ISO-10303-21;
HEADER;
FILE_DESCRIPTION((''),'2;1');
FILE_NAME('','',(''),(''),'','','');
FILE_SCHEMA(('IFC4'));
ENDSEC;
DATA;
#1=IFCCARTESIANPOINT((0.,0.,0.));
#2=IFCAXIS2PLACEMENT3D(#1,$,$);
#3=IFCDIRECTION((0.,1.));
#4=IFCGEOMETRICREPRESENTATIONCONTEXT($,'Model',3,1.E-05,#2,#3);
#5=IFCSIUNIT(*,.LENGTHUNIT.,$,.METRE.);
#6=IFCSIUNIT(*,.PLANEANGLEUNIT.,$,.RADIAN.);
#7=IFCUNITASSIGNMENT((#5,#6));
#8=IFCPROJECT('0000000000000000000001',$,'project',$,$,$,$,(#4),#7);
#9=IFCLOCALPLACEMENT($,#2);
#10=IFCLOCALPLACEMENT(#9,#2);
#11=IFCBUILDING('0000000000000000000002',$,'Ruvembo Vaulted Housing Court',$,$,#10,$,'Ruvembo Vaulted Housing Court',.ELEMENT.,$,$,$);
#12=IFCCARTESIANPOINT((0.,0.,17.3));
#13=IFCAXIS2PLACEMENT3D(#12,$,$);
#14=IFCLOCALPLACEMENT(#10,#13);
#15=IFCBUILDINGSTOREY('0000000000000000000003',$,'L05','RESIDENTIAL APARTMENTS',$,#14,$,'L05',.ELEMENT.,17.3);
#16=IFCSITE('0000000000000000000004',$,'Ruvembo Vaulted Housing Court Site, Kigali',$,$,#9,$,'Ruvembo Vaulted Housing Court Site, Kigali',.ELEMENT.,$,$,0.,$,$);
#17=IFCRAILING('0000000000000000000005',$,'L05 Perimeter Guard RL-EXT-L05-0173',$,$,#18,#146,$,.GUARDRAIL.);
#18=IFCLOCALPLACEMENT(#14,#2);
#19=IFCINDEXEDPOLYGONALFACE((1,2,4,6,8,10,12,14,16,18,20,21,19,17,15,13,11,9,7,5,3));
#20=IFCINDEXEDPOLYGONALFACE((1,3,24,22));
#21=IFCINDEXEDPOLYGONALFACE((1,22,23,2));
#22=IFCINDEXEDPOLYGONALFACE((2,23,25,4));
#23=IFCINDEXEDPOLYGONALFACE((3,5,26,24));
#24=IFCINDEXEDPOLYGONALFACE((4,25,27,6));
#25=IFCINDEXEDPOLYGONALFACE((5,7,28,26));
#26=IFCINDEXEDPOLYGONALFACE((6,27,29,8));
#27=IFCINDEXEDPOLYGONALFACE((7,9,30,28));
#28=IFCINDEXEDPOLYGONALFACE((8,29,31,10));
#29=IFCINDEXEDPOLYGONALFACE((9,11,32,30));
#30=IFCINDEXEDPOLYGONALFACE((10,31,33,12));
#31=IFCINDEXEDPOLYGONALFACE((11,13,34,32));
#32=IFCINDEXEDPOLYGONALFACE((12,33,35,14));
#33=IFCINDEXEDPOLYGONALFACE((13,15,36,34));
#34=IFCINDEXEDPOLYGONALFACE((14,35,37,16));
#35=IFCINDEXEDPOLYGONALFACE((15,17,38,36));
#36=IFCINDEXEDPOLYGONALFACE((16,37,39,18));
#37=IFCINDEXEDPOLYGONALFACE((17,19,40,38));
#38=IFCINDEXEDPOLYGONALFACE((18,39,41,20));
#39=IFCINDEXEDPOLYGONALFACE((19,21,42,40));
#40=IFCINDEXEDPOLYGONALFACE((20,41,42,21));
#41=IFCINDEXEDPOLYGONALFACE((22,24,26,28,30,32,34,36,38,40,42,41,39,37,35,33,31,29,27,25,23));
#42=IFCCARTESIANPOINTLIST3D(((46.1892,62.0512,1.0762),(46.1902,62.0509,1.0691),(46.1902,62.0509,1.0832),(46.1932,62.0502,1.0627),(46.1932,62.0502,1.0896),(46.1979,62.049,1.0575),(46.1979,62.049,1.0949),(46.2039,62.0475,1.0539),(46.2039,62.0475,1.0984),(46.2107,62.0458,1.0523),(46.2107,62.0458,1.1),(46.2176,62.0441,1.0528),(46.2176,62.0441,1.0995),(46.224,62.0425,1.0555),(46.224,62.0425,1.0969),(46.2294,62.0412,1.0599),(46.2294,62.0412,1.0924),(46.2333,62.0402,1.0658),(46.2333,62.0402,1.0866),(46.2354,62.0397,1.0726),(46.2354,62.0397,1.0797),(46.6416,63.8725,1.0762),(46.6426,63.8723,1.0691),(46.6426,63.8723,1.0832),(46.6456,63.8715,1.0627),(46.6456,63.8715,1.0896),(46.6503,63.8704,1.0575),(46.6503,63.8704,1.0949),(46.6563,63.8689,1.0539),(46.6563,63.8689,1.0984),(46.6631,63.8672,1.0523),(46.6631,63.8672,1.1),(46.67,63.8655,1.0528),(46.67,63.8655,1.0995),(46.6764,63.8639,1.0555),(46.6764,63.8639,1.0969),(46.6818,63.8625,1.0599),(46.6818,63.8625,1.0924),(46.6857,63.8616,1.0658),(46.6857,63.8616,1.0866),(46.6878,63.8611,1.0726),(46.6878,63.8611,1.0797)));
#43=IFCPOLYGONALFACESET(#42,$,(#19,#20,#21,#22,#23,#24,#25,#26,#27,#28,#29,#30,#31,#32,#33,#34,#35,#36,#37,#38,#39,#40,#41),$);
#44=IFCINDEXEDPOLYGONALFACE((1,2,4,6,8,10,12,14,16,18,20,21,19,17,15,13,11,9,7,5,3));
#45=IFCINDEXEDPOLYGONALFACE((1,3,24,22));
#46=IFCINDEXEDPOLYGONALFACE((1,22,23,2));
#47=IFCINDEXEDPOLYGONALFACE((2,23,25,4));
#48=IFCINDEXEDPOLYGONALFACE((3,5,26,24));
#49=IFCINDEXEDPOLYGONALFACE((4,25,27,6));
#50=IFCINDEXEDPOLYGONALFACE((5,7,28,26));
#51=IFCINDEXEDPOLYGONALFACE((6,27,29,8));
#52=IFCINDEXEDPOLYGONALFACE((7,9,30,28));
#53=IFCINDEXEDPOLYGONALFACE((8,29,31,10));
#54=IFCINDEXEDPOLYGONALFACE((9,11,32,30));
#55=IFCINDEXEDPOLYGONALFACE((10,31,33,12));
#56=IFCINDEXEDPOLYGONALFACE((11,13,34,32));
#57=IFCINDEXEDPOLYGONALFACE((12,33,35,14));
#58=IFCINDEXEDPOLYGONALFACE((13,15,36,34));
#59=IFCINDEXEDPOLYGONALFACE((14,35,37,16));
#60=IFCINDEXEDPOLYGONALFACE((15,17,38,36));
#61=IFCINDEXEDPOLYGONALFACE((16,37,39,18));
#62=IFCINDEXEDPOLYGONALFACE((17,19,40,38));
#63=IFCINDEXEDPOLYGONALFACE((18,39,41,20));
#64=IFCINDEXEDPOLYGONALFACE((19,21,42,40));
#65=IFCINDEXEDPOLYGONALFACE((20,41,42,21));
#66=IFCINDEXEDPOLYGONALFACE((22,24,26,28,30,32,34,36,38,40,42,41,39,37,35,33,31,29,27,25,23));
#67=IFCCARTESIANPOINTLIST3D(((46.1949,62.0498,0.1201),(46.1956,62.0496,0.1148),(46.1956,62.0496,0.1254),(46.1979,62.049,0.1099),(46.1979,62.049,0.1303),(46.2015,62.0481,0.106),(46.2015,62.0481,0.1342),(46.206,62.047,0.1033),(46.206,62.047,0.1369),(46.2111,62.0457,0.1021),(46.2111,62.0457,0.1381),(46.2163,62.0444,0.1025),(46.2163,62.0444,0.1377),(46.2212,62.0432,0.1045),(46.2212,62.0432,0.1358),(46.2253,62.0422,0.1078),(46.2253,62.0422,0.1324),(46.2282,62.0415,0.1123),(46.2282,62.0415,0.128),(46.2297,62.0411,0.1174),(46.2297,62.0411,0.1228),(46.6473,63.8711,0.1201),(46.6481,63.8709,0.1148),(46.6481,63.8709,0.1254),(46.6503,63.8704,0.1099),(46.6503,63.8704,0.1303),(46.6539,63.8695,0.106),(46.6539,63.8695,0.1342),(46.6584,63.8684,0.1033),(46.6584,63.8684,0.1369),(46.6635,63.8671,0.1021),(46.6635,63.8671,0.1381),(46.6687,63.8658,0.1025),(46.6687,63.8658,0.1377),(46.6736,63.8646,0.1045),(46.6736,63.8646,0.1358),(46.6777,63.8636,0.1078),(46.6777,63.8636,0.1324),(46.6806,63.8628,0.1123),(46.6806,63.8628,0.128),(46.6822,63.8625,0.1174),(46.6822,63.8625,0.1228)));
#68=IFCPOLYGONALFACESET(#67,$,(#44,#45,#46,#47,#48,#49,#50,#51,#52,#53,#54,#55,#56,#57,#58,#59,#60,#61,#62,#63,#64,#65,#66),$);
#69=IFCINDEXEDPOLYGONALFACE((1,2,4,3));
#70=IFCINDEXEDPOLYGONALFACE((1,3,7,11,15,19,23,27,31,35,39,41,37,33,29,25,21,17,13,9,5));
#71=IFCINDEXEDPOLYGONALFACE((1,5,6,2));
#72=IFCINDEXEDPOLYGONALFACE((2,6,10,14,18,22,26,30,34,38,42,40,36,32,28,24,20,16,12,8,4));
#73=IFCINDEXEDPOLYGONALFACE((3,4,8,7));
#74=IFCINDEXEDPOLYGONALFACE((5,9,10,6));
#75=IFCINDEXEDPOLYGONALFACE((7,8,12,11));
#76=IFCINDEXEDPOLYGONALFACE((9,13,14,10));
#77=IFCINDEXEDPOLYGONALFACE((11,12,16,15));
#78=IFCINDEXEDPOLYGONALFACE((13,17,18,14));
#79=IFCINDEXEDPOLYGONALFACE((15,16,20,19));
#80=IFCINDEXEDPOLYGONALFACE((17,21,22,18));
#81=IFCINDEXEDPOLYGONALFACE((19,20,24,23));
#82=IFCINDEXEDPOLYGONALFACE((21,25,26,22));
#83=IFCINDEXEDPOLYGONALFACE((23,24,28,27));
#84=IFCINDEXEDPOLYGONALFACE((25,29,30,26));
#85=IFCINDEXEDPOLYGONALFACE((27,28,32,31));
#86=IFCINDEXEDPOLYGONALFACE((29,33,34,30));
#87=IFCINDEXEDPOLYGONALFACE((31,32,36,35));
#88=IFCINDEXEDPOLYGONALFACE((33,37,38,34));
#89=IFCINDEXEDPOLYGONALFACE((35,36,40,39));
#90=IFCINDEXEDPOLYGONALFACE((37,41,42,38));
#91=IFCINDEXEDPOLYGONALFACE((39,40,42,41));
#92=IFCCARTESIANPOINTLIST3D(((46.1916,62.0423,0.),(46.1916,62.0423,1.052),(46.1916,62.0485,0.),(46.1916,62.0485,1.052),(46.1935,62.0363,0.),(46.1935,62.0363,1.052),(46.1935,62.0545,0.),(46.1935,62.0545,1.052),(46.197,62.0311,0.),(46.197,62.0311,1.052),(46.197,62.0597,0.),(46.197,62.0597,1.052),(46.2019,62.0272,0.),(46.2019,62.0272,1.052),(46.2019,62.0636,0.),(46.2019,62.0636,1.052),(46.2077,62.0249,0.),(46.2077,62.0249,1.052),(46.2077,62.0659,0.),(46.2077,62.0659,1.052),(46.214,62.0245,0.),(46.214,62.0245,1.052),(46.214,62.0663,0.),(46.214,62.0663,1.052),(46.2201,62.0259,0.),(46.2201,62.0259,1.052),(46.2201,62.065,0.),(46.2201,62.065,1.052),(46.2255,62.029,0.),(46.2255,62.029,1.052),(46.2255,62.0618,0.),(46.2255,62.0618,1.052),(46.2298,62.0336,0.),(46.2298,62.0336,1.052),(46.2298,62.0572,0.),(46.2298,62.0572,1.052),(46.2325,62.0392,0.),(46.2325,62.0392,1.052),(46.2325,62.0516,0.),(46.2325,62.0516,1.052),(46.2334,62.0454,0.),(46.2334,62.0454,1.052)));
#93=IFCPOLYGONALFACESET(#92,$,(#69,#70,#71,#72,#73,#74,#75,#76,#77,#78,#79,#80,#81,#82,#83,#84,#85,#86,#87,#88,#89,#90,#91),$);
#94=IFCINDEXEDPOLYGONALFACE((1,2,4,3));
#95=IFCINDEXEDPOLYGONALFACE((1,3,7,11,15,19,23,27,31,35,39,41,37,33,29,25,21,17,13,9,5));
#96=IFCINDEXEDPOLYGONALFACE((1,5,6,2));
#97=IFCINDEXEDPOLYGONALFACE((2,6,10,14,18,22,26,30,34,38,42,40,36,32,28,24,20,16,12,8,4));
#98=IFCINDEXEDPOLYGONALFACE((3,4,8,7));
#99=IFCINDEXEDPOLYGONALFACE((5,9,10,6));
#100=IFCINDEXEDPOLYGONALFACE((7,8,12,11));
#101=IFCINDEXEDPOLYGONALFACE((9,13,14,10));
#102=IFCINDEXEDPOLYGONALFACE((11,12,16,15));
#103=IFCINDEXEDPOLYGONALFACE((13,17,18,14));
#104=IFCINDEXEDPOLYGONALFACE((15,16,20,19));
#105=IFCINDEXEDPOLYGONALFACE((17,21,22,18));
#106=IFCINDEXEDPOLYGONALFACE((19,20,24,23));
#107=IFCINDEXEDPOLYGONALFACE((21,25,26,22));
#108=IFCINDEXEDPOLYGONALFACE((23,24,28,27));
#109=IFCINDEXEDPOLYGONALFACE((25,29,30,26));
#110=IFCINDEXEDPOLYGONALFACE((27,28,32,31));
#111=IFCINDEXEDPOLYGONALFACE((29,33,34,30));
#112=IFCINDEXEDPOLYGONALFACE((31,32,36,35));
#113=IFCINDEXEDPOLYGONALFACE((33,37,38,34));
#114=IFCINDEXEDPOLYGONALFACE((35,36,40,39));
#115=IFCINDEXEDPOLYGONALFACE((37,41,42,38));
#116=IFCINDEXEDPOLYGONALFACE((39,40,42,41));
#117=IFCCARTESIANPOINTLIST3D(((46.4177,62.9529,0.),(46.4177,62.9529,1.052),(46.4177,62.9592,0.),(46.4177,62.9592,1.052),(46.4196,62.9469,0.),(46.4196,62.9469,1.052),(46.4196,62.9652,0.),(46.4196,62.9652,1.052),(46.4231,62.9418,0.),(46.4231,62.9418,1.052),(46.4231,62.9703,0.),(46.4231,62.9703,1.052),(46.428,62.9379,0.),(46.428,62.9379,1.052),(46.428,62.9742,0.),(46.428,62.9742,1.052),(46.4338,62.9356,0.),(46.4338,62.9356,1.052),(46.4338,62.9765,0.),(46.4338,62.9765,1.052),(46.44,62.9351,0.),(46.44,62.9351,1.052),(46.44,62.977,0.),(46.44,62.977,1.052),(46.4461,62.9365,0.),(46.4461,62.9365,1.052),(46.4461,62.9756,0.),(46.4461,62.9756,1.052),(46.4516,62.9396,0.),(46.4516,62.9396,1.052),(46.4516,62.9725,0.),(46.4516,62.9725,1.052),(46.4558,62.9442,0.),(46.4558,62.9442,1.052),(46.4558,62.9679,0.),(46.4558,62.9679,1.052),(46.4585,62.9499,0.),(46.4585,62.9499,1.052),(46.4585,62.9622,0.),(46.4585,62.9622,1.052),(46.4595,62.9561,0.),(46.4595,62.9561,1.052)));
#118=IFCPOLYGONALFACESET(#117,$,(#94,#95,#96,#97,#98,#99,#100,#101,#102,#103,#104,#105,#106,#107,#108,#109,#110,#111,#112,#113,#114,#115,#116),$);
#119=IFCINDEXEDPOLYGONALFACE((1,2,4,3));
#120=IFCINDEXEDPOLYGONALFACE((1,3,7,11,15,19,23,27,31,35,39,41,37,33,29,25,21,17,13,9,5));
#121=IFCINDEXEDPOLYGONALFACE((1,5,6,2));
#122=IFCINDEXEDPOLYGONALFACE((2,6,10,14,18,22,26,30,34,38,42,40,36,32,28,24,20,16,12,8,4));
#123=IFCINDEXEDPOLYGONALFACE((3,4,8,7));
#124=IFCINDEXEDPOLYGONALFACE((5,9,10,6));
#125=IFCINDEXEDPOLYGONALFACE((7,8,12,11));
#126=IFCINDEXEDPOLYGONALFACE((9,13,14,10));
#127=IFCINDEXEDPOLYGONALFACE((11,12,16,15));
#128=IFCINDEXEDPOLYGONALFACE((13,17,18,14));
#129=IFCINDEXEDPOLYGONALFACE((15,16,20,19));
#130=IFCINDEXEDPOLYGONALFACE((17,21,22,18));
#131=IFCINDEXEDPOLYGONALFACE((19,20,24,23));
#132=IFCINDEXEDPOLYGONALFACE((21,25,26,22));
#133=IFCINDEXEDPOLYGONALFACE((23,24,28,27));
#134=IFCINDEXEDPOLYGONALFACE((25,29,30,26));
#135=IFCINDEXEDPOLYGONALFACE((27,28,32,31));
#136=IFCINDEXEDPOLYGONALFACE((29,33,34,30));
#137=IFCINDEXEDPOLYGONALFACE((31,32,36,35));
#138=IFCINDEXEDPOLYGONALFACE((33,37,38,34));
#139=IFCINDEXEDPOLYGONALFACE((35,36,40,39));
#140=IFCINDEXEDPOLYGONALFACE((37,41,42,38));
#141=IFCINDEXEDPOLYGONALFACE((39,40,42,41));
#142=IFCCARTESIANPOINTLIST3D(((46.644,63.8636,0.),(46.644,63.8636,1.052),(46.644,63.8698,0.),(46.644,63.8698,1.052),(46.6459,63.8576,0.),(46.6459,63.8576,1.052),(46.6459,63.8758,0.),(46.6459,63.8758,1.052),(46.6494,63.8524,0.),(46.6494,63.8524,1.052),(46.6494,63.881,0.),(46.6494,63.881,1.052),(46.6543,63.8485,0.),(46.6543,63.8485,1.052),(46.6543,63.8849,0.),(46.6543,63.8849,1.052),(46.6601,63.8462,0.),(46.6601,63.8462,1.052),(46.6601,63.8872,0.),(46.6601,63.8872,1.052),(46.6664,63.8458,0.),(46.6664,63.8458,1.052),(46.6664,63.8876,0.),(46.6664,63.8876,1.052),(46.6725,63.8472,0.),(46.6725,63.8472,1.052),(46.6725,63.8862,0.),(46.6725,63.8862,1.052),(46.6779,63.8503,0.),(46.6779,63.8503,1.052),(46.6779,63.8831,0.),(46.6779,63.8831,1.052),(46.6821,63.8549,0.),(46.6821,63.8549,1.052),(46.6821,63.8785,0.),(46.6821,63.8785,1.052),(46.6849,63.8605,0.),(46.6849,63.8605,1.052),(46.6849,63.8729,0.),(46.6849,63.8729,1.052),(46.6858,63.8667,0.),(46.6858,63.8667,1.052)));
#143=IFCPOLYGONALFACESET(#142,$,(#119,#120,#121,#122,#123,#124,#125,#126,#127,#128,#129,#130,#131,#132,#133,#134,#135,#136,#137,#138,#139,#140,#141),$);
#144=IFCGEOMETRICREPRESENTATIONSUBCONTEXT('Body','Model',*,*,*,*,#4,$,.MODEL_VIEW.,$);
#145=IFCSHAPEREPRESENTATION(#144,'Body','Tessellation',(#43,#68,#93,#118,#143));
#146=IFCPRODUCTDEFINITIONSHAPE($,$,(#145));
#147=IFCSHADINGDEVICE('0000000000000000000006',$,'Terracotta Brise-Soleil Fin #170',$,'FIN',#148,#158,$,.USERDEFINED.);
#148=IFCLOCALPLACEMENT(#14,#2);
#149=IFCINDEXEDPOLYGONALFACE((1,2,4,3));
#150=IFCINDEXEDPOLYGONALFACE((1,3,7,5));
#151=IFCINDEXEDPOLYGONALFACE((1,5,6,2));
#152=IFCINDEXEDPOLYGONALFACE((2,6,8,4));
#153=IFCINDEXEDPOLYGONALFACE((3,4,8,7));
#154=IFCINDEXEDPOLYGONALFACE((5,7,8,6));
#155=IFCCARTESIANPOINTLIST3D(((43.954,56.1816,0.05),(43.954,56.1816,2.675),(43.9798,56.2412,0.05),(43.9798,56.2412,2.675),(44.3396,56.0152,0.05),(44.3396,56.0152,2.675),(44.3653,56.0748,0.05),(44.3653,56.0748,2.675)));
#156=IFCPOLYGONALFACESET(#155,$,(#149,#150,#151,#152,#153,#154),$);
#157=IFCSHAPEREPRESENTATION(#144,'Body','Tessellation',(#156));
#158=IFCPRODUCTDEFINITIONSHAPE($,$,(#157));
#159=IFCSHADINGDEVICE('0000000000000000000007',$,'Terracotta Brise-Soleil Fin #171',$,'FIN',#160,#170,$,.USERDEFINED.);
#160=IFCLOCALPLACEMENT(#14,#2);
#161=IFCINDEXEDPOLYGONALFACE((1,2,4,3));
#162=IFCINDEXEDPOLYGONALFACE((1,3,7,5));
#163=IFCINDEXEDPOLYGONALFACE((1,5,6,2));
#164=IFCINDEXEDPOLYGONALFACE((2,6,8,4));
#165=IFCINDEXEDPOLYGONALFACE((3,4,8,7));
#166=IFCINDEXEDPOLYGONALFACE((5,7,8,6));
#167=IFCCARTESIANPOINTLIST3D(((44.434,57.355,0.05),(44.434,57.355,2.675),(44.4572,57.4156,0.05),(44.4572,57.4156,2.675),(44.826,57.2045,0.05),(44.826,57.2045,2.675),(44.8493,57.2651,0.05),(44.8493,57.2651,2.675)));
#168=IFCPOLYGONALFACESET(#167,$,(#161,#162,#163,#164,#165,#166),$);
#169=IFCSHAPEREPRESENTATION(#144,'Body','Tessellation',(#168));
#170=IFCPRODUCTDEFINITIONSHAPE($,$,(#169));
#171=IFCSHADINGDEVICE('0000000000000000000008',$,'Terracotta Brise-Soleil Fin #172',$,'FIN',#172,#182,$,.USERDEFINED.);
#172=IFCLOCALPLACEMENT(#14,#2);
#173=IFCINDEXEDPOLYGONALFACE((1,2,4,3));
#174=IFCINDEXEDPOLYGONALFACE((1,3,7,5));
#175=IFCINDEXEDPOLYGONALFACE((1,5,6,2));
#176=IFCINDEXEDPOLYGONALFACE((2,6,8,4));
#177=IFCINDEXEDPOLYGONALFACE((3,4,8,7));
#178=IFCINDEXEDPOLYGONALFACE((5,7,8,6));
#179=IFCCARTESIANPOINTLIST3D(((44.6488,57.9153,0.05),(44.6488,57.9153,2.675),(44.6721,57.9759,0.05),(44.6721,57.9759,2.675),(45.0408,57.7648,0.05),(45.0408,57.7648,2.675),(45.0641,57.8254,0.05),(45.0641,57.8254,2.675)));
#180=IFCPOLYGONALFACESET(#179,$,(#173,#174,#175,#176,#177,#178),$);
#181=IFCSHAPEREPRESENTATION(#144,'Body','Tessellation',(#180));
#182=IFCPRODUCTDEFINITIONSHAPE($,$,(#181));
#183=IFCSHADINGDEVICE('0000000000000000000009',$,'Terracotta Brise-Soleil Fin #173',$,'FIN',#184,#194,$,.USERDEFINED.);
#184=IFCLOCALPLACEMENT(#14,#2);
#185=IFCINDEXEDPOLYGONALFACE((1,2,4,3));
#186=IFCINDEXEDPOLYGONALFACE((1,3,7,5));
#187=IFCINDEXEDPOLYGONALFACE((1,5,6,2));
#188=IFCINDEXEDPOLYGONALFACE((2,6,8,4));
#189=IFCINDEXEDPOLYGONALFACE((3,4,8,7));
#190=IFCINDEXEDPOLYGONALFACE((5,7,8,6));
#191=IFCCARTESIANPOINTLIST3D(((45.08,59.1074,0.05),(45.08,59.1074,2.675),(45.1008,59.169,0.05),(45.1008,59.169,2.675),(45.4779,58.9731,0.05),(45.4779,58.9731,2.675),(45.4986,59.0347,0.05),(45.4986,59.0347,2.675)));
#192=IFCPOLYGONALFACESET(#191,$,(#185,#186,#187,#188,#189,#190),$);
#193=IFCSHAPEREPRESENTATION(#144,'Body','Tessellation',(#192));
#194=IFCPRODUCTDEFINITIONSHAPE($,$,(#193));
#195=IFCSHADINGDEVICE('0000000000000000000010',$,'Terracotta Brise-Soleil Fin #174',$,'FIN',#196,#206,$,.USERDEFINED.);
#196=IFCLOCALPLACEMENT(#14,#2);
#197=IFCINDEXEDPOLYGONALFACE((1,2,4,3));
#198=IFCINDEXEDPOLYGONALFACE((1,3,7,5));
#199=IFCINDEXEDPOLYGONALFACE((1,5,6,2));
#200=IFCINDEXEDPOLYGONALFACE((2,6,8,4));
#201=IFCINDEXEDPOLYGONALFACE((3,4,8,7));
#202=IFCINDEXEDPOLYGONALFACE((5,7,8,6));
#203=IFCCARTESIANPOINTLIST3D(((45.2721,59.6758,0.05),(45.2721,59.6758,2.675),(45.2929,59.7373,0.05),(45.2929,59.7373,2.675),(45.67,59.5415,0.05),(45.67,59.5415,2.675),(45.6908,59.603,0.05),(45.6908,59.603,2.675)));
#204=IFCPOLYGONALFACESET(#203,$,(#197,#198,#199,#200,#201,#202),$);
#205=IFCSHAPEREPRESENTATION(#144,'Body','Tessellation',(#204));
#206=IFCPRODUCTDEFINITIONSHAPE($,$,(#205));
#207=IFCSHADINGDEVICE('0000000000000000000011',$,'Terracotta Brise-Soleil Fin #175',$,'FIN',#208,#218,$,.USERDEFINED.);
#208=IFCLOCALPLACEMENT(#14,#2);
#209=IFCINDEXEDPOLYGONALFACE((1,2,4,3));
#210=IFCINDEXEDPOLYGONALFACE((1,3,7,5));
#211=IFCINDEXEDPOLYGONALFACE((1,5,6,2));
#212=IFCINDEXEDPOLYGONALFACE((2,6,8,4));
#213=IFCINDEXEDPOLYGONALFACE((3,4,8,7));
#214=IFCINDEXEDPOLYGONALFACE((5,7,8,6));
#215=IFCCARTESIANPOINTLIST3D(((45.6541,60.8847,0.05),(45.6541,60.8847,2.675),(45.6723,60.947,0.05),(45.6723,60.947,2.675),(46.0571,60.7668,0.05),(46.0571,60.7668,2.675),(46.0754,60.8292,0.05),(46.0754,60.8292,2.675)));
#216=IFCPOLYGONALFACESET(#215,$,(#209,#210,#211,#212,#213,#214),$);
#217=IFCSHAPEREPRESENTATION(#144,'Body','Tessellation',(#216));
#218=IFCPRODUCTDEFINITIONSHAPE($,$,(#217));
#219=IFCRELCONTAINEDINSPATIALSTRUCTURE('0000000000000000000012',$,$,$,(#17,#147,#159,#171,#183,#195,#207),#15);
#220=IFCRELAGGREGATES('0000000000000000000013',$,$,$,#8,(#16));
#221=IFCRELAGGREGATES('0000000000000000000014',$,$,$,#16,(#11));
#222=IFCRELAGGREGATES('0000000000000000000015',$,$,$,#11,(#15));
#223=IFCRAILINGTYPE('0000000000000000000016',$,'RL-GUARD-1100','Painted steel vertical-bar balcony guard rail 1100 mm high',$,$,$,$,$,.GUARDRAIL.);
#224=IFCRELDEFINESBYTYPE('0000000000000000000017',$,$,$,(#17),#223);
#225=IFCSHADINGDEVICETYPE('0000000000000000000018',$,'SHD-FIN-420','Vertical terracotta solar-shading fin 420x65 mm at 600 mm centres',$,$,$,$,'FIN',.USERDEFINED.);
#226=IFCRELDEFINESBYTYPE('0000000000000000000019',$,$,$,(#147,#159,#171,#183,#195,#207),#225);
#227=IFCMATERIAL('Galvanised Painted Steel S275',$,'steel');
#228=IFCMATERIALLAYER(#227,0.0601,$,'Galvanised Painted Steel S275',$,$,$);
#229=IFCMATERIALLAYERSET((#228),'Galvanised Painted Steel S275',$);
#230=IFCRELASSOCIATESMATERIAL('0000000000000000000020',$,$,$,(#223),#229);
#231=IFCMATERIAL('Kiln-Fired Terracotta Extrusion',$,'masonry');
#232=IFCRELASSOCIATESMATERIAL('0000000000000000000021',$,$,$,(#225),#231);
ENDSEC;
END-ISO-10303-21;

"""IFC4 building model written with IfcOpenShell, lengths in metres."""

from ifc_helpers import new_model, si_unit, direction, frame, origin, origin_2d, place, context, subcontext, project, spatial, rectangle, circle, extrude, material, layer, layer_set, type_object, element, save


model = new_model("IFC4")

# Units and contexts
model_context = context("Model", 3, precision=1e-05, world=origin(), true_north=direction((0.0, 1.0)))
body_context = subcontext(model_context, "Body", "Model", "MODEL_VIEW")
ifc_project = project(units=[si_unit("LENGTHUNIT", "METRE"), si_unit("PLANEANGLEUNIT", "RADIAN")], contexts=[model_context])

# Site, building, storey
site_placement = place(None, origin())
site = spatial("IfcSite", under=ifc_project, at=site_placement, Name="Ruvembo Vaulted Housing Court Site, Kigali", LongName="Ruvembo Vaulted Housing Court Site, Kigali", CompositionType="ELEMENT", RefElevation=0.0)
building_placement = place(site_placement, origin())
building = spatial("IfcBuilding", under=site, at=building_placement, Name="Ruvembo Vaulted Housing Court", LongName="Ruvembo Vaulted Housing Court", CompositionType="ELEMENT")
storey_placement = place(building_placement, frame((0.0, 0.0, 17.3)))
storey = spatial("IfcBuildingStorey", under=building, at=storey_placement, Name="L05", Description="RESIDENTIAL APARTMENTS", LongName="L05", CompositionType="ELEMENT", Elevation=17.3)

# Railing
ifc_material_1 = material(Name="Galvanised Painted Steel S275", Category="steel")
ifc_layer = layer(ifc_material_1, 0.0601, Name="Galvanised Painted Steel S275")
ifc_layer_set = layer_set([ifc_layer], Name="Galvanised Painted Steel S275")
railing_type = type_object("IfcRailingType", Name="RL-GUARD-1100", Description="Painted steel vertical-bar balcony guard rail 1100 mm high", PredefinedType="GUARDRAIL", material=ifc_layer_set)
railing_1_placement = place(storey_placement, frame((46.2124, 62.0454, 0.0)))
element("IfcRailing", 1, at=railing_1_placement, inside=storey, type_object=railing_type, Name="L05 Perimeter Guard RL-EXT-L05-0173", PredefinedType="GUARDRAIL", context=body_context, shape_type="SweptSolid", body=[
    extrude(circle(Radius=0.0239, at=origin_2d()), frame((0.0, 0.0, 1.0762), z_axis=(0.241066, 0.970509, 0.0), x_axis=(-0.970509, 0.241066, 0.0)), (0.0, 0.0, 1.0), 1.8767),
    extrude(circle(Radius=0.0181, at=origin_2d()), frame((0.0, 0.0, 0.1201), z_axis=(0.241066, 0.970509, 0.0), x_axis=(-0.970509, 0.241066, 0.0)), (0.0, 0.0, 1.0), 1.8767),
    extrude(circle(Radius=0.021, at=origin_2d()), origin(), (0.0, 0.0, 1.0), 1.052),
    extrude(circle(Radius=0.021, at=origin_2d()), frame((0.2261, 0.9106, 0.0)), (0.0, 0.0, 1.0), 1.052),
    extrude(circle(Radius=0.021, at=origin_2d()), frame((0.4524, 1.8213, 0.0)), (0.0, 0.0, 1.0), 1.052),
])

# Shading devices
ifc_material_2 = material(Name="Kiln-Fired Terracotta Extrusion", Category="masonry")
shading_device_type = type_object("IfcShadingDeviceType", Name="SHD-FIN-420", Description="Vertical terracotta solar-shading fin 420x65 mm at 600 mm centres", ElementType="FIN", PredefinedType="USERDEFINED", material=ifc_material_2)
for number, where, z_axis, x_axis, name in (
    (2, (44.1597, 56.1282, 0.05), (0.0, 0.0, 1.0), (0.918122, -0.396299, 0.0), "Terracotta Brise-Soleil Fin #170"),
    (3, (44.6416, 57.3101, 0.05), (0.0, 0.0, 1.0), (0.933568, -0.358401, 0.0), "Terracotta Brise-Soleil Fin #171"),
    (4, (44.8564, 57.8704, 0.05), (0.0, 0.0, 1.0), (0.933568, -0.358401, 0.0), "Terracotta Brise-Soleil Fin #172"),
    (5, (45.2893, 59.071, 0.05), (0.0, 0.0, 1.0), (0.947473, -0.319836, 0.0), "Terracotta Brise-Soleil Fin #173"),
    (6, (45.4814, 59.6394, 0.05), (0.0, 0.0, 1.0), (0.947473, -0.319836, 0.0), "Terracotta Brise-Soleil Fin #174"),
    (7, (45.8647, 60.8569, 0.05), (0.0, 0.0, 1.0), (0.959791, -0.280717, 0.0), "Terracotta Brise-Soleil Fin #175"),
):
    element("IfcShadingDevice", number, at=place(storey_placement, frame(where, z_axis=z_axis, x_axis=x_axis)), inside=storey, type_object=shading_device_type, Name=name, ObjectType="FIN", PredefinedType="USERDEFINED", context=body_context, shape_type="SweptSolid", body=[
        extrude(rectangle(XDim=0.4199, YDim=0.0649, at=origin_2d()), origin(), (0.0, 0.0, 1.0), 2.625),
    ])

save(model, "model.ifc")
